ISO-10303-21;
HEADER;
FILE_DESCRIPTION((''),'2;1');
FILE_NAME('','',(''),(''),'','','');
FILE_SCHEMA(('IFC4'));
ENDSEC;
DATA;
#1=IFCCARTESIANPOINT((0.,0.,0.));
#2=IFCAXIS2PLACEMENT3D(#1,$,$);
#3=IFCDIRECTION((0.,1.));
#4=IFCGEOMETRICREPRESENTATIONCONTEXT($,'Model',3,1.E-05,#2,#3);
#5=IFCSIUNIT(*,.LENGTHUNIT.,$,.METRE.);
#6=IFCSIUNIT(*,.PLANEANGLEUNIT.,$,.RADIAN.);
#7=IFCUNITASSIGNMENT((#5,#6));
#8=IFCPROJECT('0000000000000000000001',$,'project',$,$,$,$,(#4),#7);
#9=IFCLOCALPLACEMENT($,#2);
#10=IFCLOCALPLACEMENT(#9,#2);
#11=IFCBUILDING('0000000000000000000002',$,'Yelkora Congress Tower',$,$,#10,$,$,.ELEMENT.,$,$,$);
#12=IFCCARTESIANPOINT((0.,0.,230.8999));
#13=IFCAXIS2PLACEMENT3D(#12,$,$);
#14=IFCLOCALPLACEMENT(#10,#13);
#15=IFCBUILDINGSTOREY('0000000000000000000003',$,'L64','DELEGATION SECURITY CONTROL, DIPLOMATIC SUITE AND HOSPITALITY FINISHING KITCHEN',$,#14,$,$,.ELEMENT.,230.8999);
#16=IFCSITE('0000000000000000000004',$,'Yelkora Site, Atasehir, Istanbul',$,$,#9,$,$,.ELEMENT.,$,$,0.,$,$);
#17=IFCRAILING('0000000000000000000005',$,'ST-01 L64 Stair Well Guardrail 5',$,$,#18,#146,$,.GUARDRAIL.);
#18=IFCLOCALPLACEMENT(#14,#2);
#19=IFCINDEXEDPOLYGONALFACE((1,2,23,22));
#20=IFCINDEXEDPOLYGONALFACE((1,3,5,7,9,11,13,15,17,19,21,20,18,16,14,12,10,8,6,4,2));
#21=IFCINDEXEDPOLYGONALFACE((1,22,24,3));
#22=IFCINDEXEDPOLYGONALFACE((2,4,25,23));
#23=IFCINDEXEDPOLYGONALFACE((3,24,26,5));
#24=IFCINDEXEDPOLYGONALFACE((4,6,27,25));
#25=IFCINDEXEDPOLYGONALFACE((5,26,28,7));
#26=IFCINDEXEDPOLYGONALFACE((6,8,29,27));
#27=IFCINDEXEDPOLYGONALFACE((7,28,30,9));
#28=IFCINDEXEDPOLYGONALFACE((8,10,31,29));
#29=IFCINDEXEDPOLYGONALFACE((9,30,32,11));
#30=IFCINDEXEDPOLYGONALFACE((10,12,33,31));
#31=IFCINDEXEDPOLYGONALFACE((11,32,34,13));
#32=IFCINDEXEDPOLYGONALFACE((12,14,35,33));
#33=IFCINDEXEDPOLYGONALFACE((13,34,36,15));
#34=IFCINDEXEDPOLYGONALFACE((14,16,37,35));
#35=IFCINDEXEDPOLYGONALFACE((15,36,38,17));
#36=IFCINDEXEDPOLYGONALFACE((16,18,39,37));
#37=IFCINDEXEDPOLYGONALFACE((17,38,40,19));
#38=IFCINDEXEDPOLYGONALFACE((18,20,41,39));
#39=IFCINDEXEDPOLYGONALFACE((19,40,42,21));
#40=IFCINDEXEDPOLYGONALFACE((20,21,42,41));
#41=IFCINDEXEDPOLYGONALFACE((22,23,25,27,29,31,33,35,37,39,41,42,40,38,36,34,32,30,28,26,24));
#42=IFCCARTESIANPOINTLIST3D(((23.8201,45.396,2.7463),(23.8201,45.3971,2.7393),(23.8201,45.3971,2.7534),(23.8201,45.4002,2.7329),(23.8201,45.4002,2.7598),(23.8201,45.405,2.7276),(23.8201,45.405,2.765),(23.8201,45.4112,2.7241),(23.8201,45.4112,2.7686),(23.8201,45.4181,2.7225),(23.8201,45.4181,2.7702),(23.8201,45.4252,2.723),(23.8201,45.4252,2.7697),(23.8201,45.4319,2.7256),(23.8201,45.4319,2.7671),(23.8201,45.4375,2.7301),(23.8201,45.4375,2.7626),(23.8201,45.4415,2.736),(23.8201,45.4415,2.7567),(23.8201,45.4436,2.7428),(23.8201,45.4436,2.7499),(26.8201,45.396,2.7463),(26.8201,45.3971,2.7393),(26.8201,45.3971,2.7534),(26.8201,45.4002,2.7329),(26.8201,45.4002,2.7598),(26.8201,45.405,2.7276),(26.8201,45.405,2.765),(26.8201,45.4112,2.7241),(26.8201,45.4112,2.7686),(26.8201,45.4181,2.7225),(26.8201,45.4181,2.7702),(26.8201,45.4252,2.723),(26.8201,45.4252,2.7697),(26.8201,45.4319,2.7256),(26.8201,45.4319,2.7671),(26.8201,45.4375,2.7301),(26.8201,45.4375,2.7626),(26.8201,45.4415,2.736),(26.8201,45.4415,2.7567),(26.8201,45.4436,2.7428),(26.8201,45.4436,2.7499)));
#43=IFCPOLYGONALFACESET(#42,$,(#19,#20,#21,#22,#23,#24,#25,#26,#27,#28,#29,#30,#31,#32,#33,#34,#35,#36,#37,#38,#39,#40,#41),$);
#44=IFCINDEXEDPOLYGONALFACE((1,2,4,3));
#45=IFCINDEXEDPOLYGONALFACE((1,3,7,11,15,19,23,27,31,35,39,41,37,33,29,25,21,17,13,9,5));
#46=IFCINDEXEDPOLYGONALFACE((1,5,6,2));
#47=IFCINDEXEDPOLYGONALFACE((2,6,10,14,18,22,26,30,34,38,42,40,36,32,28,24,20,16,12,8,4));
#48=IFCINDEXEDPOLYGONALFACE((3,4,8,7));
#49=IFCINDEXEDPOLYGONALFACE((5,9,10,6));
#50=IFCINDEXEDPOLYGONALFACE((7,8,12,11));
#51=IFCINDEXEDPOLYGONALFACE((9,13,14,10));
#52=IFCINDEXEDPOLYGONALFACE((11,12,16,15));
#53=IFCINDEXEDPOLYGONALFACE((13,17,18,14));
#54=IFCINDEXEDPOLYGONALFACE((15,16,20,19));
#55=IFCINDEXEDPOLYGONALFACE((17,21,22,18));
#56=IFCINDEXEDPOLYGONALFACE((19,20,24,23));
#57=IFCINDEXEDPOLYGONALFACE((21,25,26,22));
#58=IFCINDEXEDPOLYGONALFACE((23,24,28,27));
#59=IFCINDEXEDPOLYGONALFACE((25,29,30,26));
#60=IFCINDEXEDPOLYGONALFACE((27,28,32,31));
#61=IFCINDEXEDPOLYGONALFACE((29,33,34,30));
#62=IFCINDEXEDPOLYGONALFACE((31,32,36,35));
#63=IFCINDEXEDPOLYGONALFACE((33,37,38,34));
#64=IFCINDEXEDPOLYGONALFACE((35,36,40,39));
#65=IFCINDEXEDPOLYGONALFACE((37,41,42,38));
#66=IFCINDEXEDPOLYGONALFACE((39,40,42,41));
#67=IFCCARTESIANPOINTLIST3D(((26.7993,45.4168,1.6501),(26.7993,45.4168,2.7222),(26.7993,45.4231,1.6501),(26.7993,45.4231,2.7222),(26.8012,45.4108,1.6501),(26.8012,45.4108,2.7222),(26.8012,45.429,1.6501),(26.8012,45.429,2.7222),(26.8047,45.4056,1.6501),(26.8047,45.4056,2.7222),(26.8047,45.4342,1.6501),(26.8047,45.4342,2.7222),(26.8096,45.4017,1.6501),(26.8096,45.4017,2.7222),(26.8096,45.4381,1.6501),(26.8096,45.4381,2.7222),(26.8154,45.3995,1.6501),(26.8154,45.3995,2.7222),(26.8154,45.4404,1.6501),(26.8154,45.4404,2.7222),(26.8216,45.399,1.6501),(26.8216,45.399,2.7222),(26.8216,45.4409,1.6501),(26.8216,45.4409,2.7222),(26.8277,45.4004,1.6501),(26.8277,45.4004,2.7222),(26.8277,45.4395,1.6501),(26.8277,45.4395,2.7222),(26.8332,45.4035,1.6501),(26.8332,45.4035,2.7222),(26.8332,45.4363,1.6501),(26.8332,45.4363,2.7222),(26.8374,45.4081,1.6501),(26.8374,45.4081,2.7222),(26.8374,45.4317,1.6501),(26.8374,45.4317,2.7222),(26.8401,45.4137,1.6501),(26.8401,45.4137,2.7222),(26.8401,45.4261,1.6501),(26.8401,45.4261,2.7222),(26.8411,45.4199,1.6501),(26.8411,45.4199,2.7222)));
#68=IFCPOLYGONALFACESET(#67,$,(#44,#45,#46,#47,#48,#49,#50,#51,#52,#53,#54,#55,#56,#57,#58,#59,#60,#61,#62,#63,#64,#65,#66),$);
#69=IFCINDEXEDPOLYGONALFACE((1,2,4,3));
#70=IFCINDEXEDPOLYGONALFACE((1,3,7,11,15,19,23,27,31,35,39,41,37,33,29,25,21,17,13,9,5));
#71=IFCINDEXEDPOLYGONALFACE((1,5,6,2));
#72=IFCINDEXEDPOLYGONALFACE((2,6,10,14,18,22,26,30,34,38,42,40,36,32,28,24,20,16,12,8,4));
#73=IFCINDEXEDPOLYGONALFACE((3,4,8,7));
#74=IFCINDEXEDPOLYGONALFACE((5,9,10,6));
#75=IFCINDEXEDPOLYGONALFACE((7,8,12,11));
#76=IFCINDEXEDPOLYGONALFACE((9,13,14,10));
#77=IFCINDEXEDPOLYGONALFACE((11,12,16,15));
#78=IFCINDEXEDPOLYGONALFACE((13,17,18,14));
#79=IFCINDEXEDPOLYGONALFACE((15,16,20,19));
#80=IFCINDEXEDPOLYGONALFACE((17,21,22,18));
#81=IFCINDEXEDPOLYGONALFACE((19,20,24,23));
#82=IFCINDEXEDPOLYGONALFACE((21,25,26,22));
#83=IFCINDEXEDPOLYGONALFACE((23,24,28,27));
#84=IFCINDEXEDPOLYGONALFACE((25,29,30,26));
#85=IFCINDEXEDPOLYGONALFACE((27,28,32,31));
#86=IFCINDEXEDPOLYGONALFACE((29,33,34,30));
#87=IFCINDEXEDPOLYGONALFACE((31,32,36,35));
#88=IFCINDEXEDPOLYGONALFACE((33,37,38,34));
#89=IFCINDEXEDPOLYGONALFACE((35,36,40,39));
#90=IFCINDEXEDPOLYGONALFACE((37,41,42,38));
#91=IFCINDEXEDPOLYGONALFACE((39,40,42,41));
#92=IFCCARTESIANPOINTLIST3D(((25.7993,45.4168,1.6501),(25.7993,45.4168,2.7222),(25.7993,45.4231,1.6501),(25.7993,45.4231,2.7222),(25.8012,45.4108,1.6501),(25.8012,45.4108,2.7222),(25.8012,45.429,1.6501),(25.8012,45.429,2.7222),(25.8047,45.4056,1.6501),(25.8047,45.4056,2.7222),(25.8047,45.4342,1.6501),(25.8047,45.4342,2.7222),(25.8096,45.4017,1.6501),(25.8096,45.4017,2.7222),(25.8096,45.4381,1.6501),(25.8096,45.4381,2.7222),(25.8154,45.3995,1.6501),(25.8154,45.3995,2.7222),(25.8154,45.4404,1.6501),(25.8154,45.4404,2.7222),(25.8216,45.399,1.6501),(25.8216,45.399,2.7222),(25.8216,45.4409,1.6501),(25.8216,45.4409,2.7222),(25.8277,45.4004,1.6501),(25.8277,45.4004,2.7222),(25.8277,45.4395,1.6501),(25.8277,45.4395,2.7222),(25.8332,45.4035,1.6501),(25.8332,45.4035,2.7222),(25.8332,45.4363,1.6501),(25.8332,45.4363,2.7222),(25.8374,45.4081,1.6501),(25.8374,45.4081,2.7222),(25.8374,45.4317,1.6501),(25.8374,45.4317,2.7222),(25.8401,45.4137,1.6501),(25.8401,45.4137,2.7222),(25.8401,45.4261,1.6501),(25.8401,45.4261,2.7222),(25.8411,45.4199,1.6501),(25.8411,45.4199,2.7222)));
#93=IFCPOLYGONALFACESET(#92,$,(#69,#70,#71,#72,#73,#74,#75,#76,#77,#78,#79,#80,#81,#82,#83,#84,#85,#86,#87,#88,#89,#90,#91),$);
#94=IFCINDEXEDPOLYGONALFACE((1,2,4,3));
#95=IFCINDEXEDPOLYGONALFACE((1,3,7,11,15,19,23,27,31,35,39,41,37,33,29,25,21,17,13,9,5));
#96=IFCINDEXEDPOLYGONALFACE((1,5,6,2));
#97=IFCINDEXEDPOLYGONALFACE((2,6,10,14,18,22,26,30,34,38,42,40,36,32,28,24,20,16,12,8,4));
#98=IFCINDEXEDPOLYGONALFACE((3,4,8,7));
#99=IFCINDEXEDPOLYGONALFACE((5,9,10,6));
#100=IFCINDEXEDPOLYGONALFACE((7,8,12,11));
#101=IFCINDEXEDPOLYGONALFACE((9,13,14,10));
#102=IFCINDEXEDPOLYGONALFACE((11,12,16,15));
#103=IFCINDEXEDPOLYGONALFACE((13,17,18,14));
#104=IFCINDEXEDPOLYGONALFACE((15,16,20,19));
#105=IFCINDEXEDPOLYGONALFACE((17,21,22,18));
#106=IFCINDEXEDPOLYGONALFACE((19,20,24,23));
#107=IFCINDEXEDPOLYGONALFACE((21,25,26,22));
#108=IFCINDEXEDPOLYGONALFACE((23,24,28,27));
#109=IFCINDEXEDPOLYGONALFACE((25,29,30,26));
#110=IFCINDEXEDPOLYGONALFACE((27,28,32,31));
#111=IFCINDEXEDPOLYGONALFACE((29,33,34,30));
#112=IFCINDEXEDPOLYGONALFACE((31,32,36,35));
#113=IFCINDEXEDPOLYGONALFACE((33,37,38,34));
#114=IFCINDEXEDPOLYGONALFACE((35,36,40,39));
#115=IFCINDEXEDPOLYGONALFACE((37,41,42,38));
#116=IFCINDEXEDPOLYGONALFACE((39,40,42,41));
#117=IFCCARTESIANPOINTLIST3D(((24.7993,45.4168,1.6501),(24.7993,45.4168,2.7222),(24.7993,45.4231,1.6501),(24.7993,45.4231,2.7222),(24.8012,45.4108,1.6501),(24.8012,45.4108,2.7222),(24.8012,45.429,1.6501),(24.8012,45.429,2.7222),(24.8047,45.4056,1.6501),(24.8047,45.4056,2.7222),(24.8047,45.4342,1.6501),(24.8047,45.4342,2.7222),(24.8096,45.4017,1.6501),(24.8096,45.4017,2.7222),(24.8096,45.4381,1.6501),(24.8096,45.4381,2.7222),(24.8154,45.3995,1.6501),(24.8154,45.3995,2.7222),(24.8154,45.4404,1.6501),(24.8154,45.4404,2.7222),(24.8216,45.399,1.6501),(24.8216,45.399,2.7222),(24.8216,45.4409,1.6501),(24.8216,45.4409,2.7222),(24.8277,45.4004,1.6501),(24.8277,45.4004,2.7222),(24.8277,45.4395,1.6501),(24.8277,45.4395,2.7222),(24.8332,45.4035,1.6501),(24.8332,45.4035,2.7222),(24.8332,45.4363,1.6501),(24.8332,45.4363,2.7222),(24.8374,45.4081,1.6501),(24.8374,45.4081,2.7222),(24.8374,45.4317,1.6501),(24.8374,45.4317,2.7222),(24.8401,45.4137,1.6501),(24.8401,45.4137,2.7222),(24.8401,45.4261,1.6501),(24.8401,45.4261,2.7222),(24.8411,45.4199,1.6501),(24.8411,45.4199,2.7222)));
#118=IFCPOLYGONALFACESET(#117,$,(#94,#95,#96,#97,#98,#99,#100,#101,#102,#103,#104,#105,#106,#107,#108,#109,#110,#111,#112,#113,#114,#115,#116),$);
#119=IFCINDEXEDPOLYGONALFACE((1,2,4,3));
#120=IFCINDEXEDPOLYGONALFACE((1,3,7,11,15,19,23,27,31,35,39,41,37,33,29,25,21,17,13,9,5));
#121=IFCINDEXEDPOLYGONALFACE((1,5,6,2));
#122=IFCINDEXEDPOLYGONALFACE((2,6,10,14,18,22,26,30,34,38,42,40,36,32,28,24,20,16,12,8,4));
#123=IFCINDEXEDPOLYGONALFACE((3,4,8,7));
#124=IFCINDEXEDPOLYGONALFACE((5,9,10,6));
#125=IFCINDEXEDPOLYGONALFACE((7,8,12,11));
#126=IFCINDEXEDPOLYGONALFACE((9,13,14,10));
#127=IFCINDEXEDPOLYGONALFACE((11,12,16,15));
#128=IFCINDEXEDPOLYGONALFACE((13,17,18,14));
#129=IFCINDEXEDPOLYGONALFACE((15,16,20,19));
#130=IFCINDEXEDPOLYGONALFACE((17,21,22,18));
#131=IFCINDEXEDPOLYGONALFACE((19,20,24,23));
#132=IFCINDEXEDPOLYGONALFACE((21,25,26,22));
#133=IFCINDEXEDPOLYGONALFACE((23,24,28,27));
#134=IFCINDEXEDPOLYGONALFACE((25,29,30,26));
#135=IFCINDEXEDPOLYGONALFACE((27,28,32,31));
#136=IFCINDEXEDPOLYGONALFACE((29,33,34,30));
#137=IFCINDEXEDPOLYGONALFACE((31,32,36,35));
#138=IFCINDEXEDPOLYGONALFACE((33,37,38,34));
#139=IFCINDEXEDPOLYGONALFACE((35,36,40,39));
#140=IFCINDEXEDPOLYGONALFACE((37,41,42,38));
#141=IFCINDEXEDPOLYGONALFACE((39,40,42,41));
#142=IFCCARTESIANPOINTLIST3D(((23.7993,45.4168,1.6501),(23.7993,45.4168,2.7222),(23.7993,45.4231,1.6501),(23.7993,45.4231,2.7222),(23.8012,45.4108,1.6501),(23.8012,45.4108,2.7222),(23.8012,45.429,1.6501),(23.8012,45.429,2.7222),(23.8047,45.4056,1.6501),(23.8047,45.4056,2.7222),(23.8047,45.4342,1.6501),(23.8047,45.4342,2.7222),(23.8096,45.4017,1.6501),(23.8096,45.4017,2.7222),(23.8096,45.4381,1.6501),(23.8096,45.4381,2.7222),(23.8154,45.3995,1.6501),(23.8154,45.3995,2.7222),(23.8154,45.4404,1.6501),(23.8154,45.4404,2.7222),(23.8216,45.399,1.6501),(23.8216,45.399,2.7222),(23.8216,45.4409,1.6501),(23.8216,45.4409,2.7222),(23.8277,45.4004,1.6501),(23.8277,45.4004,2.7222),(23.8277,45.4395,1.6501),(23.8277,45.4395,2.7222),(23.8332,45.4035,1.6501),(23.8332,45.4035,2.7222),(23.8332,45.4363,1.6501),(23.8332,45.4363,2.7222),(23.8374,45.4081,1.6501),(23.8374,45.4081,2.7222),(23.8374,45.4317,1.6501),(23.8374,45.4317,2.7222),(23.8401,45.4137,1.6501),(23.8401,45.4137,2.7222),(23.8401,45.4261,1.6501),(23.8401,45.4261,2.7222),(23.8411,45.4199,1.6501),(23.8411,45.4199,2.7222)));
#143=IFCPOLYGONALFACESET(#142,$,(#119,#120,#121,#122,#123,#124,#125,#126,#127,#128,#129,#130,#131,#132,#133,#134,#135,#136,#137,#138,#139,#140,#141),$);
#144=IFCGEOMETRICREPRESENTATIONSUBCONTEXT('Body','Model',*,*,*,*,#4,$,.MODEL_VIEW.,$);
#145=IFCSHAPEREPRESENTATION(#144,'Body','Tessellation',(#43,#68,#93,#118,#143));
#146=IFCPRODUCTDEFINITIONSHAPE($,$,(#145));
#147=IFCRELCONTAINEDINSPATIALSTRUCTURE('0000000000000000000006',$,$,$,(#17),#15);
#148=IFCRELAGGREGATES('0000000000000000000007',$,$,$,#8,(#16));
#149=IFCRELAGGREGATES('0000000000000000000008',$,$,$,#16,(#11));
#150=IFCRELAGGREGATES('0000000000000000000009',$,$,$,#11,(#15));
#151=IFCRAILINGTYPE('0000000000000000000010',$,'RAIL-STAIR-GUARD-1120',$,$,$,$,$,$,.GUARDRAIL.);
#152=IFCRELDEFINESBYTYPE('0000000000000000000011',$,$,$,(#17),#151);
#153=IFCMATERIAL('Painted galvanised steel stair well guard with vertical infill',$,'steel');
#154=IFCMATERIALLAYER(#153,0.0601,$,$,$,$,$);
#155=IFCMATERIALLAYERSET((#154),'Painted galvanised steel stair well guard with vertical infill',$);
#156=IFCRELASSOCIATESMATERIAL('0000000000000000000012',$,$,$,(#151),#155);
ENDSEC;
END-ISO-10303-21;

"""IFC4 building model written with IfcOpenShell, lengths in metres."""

from ifc_helpers import new_model, si_unit, direction, frame, origin, origin_2d, place, context, subcontext, project, spatial, circle, extrude, material, layer, layer_set, type_object, element, save


model = new_model("IFC4")

# Units and contexts
model_context = context("Model", 3, precision=1e-05, world=origin(), true_north=direction((0.0, 1.0)))
body_context = subcontext(model_context, "Body", "Model", "MODEL_VIEW")
ifc_project = project(units=[si_unit("LENGTHUNIT", "METRE"), si_unit("PLANEANGLEUNIT", "RADIAN")], contexts=[model_context])

# Site, building, storey
site_placement = place(None, origin())
site = spatial("IfcSite", under=ifc_project, at=site_placement, Name="Yelkora Site, Atasehir, Istanbul", CompositionType="ELEMENT", RefElevation=0.0)
building_placement = place(site_placement, origin())
building = spatial("IfcBuilding", under=site, at=building_placement, Name="Yelkora Congress Tower", CompositionType="ELEMENT")
storey_placement = place(building_placement, frame((0.0, 0.0, 230.8999)))
storey = spatial("IfcBuildingStorey", under=building, at=storey_placement, Name="L64", Description="DELEGATION SECURITY CONTROL, DIPLOMATIC SUITE AND HOSPITALITY FINISHING KITCHEN", CompositionType="ELEMENT", Elevation=230.8999)

# Railing
ifc_material_1 = material(Name="Painted galvanised steel stair well guard with vertical infill", Category="steel")
ifc_layer_1 = layer(ifc_material_1, 0.0601)
ifc_layer_set_1 = layer_set([ifc_layer_1], Name="Painted galvanised steel stair well guard with vertical infill")
railing_type_1 = type_object("IfcRailingType", Name="RAIL-STAIR-GUARD-1120", PredefinedType="GUARDRAIL", material=ifc_layer_set_1)
railing_1_placement = place(storey_placement, frame((26.8201, 45.4199, 1.6501)))
element("IfcRailing", 1, at=railing_1_placement, inside=storey, type_object=railing_type_1, Name="ST-01 L64 Stair Well Guardrail 5", PredefinedType="GUARDRAIL", context=body_context, shape_type="SweptSolid", body=[
    extrude(circle(Radius=0.0239, at=origin_2d()), frame((0.0, 0.0, 1.0962), z_axis=(-1.0, 0.0, 0.0), x_axis=(0.0, -1.0, 0.0)), (0.0, 0.0, 1.0), 3.0),
    extrude(circle(Radius=0.021, at=origin_2d()), origin(), (0.0, 0.0, 1.0), 1.072),
    extrude(circle(Radius=0.021, at=origin_2d()), frame((-1.0, 0.0, 0.0)), (0.0, 0.0, 1.0), 1.072),
    extrude(circle(Radius=0.021, at=origin_2d()), frame((-2.0, 0.0, 0.0)), (0.0, 0.0, 1.0), 1.072),
    extrude(circle(Radius=0.021, at=origin_2d()), frame((-3.0, 0.0, 0.0)), (0.0, 0.0, 1.0), 1.072),
])

save(model, "model.ifc")
